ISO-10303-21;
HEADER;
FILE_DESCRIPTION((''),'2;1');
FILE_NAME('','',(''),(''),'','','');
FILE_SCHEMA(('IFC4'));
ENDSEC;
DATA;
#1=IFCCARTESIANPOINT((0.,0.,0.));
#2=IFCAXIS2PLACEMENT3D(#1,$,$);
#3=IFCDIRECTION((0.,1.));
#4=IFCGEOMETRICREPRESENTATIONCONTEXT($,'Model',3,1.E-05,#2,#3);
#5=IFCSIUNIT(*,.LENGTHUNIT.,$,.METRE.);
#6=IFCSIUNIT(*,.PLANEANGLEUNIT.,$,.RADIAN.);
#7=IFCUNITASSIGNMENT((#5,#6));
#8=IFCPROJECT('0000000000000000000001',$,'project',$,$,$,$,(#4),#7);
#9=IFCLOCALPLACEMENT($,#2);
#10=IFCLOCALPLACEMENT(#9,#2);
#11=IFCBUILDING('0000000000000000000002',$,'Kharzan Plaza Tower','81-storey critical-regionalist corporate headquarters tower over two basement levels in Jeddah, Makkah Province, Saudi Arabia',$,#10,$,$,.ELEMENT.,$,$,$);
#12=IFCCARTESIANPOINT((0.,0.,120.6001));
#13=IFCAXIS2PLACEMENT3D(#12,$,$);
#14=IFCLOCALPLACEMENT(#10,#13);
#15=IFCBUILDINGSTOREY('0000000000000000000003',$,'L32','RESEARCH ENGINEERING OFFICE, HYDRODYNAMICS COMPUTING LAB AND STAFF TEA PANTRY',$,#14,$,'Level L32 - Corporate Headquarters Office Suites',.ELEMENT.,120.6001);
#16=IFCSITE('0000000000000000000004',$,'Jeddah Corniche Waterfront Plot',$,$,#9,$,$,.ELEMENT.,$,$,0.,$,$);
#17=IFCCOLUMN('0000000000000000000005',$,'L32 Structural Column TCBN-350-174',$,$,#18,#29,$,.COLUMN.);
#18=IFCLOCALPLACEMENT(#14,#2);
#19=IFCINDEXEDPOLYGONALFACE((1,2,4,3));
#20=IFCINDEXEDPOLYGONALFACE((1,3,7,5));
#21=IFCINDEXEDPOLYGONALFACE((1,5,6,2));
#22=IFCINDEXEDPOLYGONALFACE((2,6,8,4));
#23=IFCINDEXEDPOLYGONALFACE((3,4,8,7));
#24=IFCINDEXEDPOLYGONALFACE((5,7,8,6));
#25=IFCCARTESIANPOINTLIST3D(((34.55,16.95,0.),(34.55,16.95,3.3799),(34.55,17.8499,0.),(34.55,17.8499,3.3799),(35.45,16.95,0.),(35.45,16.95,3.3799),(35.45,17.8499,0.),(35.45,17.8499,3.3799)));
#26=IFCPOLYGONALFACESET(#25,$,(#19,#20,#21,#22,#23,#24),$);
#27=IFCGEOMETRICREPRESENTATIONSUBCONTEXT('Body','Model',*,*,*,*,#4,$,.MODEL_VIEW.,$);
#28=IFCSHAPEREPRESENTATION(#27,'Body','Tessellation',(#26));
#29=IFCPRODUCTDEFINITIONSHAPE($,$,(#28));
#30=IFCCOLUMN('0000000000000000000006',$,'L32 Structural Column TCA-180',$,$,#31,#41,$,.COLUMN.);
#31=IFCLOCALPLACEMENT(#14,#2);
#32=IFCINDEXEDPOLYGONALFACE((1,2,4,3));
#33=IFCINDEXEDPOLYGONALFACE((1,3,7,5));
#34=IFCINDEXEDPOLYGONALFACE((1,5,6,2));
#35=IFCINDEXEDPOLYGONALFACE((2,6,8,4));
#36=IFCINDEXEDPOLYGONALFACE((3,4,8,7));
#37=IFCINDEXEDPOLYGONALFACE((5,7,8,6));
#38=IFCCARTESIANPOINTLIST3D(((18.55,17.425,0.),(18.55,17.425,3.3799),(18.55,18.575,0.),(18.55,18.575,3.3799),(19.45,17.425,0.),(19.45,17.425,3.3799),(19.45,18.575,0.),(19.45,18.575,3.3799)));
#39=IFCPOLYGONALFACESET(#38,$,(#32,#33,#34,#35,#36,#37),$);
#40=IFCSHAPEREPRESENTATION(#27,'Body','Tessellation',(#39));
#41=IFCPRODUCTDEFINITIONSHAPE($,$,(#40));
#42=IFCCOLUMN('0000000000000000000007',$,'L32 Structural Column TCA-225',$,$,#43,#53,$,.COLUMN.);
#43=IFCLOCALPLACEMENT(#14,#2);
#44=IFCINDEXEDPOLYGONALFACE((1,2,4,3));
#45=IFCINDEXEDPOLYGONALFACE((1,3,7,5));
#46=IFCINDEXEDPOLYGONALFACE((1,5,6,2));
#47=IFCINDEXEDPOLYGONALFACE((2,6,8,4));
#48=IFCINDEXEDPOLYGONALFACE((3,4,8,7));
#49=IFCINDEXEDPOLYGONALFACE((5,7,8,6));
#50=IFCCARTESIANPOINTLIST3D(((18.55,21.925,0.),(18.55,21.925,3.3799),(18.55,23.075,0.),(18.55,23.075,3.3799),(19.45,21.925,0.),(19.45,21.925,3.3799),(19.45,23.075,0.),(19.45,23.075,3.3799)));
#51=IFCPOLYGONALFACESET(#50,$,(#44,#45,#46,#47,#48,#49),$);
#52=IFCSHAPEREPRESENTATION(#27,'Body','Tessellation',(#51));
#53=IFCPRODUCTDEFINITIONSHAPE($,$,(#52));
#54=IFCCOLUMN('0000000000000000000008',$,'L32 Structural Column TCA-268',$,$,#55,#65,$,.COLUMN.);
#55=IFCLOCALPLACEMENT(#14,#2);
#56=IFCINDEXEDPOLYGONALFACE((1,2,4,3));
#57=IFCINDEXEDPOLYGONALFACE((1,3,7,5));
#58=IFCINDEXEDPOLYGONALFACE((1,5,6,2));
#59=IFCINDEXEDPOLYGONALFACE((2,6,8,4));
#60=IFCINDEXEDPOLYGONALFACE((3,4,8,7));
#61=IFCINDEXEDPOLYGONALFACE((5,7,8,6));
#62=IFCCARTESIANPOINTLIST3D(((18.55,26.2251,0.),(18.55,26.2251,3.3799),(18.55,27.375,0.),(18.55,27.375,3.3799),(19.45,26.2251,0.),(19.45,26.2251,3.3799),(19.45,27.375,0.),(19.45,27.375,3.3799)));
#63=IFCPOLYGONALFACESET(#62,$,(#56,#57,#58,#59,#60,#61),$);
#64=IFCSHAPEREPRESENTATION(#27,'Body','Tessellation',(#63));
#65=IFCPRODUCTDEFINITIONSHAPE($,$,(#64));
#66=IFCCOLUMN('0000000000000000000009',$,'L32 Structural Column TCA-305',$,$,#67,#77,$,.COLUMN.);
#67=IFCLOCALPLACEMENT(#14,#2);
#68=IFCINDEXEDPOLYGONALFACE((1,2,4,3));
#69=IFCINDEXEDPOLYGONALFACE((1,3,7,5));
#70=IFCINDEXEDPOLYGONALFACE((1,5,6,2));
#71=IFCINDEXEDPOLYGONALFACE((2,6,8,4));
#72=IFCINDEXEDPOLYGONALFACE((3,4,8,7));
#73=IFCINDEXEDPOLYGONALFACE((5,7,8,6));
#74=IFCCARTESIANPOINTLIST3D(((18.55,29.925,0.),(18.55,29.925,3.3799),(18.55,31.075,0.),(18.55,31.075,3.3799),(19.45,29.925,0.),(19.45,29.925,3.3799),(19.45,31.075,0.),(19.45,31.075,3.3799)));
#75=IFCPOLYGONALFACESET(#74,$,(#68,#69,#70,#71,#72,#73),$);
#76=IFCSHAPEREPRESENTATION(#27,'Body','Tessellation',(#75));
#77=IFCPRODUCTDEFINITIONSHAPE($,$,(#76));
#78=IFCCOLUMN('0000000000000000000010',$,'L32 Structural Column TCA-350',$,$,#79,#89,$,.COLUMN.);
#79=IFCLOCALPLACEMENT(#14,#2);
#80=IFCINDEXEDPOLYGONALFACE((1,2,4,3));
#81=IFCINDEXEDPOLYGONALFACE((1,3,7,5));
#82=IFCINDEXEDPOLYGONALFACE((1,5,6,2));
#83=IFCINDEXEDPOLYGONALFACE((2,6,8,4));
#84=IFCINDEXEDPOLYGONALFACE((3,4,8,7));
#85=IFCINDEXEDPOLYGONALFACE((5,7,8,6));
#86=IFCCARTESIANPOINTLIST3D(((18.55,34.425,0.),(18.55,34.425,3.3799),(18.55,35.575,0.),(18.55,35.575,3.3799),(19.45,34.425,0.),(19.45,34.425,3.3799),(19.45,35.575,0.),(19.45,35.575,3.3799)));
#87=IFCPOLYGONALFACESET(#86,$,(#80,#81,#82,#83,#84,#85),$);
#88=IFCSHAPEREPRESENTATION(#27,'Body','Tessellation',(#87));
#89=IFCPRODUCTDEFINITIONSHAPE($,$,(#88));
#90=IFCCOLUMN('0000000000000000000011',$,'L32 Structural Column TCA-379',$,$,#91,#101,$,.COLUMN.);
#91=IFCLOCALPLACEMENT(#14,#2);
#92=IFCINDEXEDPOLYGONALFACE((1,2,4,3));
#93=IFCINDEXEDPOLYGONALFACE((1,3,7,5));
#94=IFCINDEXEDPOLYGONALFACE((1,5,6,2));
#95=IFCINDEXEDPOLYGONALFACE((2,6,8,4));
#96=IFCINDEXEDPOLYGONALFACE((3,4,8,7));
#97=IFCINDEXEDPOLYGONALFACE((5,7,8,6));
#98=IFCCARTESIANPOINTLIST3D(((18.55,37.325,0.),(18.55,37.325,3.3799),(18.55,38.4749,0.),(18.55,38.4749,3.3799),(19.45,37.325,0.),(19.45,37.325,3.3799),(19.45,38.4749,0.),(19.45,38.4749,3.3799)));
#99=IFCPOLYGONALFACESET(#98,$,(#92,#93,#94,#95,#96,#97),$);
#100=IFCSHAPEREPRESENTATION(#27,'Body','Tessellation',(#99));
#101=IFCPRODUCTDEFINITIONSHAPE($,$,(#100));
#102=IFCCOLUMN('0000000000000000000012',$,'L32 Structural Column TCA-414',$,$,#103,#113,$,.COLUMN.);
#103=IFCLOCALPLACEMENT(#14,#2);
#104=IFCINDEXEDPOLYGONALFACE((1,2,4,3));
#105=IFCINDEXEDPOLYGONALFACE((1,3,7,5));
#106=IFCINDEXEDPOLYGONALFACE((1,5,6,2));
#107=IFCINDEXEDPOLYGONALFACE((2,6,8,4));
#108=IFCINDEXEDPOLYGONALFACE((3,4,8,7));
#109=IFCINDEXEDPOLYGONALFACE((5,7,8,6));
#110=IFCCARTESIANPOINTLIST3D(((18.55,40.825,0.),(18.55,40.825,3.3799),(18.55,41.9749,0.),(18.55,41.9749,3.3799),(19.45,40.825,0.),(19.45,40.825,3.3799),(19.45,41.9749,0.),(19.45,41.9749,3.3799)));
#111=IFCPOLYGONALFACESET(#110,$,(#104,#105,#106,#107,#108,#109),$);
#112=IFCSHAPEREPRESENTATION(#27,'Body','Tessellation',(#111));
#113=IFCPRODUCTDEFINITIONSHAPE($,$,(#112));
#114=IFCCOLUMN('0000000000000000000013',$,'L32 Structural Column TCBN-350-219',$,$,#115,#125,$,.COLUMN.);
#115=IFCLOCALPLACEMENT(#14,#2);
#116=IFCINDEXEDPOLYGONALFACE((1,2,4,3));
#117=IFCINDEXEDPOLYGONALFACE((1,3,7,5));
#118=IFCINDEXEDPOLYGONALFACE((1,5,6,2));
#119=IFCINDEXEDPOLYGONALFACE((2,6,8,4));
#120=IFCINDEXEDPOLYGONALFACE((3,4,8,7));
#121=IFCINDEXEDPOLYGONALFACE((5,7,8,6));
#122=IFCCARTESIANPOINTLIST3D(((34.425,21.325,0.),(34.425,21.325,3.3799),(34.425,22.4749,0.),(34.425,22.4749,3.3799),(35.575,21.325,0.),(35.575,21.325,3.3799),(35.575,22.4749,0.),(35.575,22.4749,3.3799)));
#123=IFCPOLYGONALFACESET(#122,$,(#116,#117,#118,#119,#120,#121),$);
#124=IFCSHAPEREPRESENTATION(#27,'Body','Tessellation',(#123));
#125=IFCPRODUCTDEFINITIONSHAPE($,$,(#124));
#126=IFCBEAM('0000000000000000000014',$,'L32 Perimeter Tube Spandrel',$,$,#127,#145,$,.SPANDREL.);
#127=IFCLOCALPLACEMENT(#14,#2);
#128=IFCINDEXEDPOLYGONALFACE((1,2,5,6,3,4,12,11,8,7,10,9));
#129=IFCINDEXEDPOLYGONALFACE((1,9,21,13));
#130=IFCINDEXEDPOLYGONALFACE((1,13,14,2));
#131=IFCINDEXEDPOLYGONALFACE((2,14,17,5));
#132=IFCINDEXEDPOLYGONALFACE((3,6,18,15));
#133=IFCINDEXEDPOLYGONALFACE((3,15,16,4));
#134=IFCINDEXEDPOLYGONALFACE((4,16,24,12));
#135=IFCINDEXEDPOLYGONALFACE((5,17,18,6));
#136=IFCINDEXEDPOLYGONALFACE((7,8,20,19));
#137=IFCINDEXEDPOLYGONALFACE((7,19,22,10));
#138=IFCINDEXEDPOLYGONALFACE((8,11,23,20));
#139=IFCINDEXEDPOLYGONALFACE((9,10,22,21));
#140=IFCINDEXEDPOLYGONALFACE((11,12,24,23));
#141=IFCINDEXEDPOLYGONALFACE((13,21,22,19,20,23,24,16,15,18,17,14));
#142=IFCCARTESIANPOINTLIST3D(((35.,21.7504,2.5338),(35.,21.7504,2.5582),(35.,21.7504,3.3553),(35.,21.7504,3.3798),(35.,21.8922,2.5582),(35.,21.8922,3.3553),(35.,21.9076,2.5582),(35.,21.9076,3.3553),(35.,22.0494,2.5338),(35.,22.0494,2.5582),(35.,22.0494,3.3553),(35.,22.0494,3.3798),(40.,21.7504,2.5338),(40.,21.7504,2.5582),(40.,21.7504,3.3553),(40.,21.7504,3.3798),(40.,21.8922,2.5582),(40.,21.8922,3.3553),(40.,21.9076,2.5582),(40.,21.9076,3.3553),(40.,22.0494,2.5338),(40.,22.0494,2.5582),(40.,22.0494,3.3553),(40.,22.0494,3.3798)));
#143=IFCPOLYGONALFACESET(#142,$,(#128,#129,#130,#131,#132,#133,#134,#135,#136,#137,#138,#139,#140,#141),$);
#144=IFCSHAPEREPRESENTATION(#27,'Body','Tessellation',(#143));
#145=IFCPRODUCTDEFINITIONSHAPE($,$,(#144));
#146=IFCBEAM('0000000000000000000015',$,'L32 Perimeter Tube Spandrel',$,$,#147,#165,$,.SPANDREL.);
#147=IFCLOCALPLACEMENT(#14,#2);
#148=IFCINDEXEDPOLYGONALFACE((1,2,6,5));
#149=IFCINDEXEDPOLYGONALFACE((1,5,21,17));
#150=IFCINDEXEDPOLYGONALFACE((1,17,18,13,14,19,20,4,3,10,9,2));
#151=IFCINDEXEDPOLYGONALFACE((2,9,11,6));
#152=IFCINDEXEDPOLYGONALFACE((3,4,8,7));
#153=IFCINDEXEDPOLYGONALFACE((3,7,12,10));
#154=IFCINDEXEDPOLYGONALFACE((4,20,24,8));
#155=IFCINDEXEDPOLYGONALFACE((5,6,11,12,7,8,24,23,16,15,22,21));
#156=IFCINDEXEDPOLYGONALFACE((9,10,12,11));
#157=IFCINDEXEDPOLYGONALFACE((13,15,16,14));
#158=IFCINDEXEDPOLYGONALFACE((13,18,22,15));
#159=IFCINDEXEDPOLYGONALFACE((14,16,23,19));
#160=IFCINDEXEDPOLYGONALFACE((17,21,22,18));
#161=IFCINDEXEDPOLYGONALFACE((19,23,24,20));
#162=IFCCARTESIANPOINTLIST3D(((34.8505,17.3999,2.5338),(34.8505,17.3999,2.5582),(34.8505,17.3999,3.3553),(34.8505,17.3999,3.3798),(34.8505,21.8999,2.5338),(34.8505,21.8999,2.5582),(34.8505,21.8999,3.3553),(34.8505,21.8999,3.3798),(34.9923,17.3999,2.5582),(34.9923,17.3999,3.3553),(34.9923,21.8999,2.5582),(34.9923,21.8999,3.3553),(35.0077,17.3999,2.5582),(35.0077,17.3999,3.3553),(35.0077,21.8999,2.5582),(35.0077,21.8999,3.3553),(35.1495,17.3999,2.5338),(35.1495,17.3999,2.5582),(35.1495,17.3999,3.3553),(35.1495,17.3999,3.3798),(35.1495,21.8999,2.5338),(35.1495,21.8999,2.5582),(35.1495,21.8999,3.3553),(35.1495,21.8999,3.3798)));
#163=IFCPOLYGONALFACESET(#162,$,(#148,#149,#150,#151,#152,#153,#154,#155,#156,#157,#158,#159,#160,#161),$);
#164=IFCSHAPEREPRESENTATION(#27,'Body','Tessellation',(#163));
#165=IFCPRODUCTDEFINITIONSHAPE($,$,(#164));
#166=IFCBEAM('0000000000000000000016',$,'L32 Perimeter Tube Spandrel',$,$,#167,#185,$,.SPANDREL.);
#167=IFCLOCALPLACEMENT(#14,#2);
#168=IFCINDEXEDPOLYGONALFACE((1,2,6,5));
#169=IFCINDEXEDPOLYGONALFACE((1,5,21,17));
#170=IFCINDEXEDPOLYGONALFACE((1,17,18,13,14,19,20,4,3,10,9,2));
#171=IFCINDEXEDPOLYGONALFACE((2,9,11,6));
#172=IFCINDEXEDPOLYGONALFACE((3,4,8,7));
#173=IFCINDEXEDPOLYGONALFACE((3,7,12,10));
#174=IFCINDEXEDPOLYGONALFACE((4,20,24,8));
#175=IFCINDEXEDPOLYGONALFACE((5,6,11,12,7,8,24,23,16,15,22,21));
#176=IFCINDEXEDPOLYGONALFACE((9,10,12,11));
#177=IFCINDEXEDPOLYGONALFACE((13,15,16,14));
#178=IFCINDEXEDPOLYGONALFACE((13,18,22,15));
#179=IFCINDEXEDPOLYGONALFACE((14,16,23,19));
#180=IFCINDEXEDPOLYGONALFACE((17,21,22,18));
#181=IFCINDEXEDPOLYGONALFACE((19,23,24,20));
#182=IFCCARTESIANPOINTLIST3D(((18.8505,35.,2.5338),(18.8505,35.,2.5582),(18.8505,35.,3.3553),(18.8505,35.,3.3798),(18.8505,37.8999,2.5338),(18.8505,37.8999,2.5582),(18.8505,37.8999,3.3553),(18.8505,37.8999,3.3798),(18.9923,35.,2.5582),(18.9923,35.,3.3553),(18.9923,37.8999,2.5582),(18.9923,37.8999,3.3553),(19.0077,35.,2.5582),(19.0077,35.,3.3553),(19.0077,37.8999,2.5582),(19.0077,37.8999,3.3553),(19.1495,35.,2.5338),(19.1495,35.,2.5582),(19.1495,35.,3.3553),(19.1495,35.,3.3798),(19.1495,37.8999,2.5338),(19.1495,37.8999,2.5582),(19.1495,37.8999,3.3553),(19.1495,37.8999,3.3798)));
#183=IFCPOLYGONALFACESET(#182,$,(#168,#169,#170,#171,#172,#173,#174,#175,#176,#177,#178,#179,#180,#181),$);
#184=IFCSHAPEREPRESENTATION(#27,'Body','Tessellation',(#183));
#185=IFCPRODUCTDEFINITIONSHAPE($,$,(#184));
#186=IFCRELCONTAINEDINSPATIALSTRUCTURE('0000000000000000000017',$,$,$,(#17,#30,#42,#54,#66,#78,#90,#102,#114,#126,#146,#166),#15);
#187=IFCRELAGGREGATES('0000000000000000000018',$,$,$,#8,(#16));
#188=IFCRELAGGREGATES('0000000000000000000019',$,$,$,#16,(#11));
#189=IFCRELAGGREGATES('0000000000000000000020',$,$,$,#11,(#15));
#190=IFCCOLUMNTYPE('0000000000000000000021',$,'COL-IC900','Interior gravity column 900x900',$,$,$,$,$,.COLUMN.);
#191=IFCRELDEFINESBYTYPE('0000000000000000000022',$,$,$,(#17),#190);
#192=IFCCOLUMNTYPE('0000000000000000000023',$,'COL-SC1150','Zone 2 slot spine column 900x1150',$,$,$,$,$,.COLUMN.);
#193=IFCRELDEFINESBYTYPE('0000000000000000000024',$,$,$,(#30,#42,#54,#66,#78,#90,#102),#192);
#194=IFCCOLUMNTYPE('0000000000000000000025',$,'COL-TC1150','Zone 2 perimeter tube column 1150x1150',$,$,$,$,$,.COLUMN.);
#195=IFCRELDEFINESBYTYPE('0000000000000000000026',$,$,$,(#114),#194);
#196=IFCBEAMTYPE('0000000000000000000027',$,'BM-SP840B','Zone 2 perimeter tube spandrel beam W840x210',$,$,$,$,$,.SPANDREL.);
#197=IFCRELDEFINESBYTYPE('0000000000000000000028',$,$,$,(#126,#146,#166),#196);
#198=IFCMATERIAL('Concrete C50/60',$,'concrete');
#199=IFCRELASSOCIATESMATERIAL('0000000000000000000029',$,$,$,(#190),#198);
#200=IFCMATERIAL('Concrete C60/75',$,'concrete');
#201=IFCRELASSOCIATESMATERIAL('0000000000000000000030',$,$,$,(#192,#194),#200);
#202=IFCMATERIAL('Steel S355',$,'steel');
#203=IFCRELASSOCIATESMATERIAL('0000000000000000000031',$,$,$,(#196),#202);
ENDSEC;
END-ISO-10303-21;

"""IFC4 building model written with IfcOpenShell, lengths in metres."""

from ifc_helpers import new_model, si_unit, direction, frame, origin, origin_2d, place, context, subcontext, project, spatial, rectangle, i_section, extrude, source, transform, mapped, material, material_profile, profile_set, type_object, element, save


model = new_model("IFC4")

# Units and contexts
model_context = context("Model", 3, precision=1e-05, world=origin(), true_north=direction((0.0, 1.0)))
body_context = subcontext(model_context, "Body", "Model", "MODEL_VIEW")
ifc_project = project(units=[si_unit("LENGTHUNIT", "METRE"), si_unit("PLANEANGLEUNIT", "RADIAN")], contexts=[model_context])

# Site, building, storey
site_placement = place(None, origin())
site = spatial("IfcSite", under=ifc_project, at=site_placement, Name="Jeddah Corniche Waterfront Plot", CompositionType="ELEMENT", RefElevation=0.0)
building_placement = place(site_placement, origin())
building = spatial("IfcBuilding", under=site, at=building_placement, Name="Kharzan Plaza Tower", Description="81-storey critical-regionalist corporate headquarters tower over two basement levels in Jeddah, Makkah Province, Saudi Arabia", CompositionType="ELEMENT")
storey_placement = place(building_placement, frame((0.0, 0.0, 120.6001)))
storey = spatial("IfcBuildingStorey", under=building, at=storey_placement, Name="L32", Description="RESEARCH ENGINEERING OFFICE, HYDRODYNAMICS COMPUTING LAB AND STAFF TEA PANTRY", LongName="Level L32 - Corporate Headquarters Office Suites", CompositionType="ELEMENT", Elevation=120.6001)

# Columns
ifc_material_1 = material(Name="Concrete C50/60", Category="concrete")
ifc_material_profile_1 = material_profile(ifc_material_1, rectangle(XDim=0.8999, YDim=0.8999, at=origin_2d()), Name="RC-IC900x900")
ifc_profile_set_1 = profile_set([ifc_material_profile_1], Name="Concrete C50/60")
column_type_1 = type_object("IfcColumnType", Name="COL-IC900", Description="Interior gravity column 900x900", PredefinedType="COLUMN", material=ifc_profile_set_1)
shared_shape_1 = source(origin(), body_context, "Body", "SweptSolid", [
    extrude(rectangle(XDim=0.8999, YDim=0.8999, at=origin_2d()), origin(), (0.0, 0.0, 1.0), 3.3799),
])
column_1_placement = place(storey_placement, frame((35.0, 17.3999, 0.0), z_axis=(0.0, 0.0, 1.0), x_axis=(1.0, 0.0, 0.0)))
element("IfcColumn", 1, at=column_1_placement, inside=storey, type_object=column_type_1, Name="L32 Structural Column TCBN-350-174", PredefinedType="COLUMN", context=body_context, shape_type="MappedRepresentation", body=[
    mapped(shared_shape_1, transform((0.0, 0.0, 0.0), x_axis=(1.0, 0.0, 0.0), y_axis=(0.0, 1.0, 0.0), z_axis=(0.0, 0.0, 1.0))),
])
ifc_material_2 = material(Name="Concrete C60/75", Category="concrete")
ifc_material_profile_2 = material_profile(ifc_material_2, rectangle(XDim=0.8999, YDim=1.1499, at=origin_2d()), Name="RC-SC1150x900")
ifc_profile_set_2 = profile_set([ifc_material_profile_2], Name="Concrete C60/75")
column_type_2 = type_object("IfcColumnType", Name="COL-SC1150", Description="Zone 2 slot spine column 900x1150", PredefinedType="COLUMN", material=ifc_profile_set_2)
shared_shape_2 = source(origin(), body_context, "Body", "SweptSolid", [
    extrude(rectangle(XDim=0.8999, YDim=1.1499, at=origin_2d()), origin(), (0.0, 0.0, 1.0), 3.3799),
])
for number, where, z_axis, x_axis, name in (
    (2, (19.0, 18.0, 0.0), (0.0, 0.0, 1.0), (1.0, 0.0, 0.0), "L32 Structural Column TCA-180"),
    (3, (19.0, 22.5, 0.0), (0.0, 0.0, 1.0), (1.0, 0.0, 0.0), "L32 Structural Column TCA-225"),
    (4, (19.0, 26.8, 0.0), (0.0, 0.0, 1.0), (1.0, 0.0, 0.0), "L32 Structural Column TCA-268"),
    (5, (19.0, 30.5, 0.0), (0.0, 0.0, 1.0), (1.0, 0.0, 0.0), "L32 Structural Column TCA-305"),
    (6, (19.0, 35.0, 0.0), (0.0, 0.0, 1.0), (1.0, 0.0, 0.0), "L32 Structural Column TCA-350"),
    (7, (19.0, 37.8999, 0.0), (0.0, 0.0, 1.0), (1.0, 0.0, 0.0), "L32 Structural Column TCA-379"),
    (8, (19.0, 41.3999, 0.0), (0.0, 0.0, 1.0), (1.0, 0.0, 0.0), "L32 Structural Column TCA-414"),
):
    element("IfcColumn", number, at=place(storey_placement, frame(where, z_axis=z_axis, x_axis=x_axis)), inside=storey, type_object=column_type_2, Name=name, PredefinedType="COLUMN", context=body_context, shape_type="MappedRepresentation", body=[
        mapped(shared_shape_2, transform((0.0, 0.0, 0.0), x_axis=(1.0, 0.0, 0.0), y_axis=(0.0, 1.0, 0.0), z_axis=(0.0, 0.0, 1.0))),
    ])
ifc_material_profile_3 = material_profile(ifc_material_2, rectangle(XDim=1.1499, YDim=1.1499, at=origin_2d()), Name="RC-TC1150x1150")
ifc_profile_set_3 = profile_set([ifc_material_profile_3], Name="Concrete C60/75")
column_type_3 = type_object("IfcColumnType", Name="COL-TC1150", Description="Zone 2 perimeter tube column 1150x1150", PredefinedType="COLUMN", material=ifc_profile_set_3)
shared_shape_3 = source(origin(), body_context, "Body", "SweptSolid", [
    extrude(rectangle(XDim=1.1499, YDim=1.1499, at=origin_2d()), origin(), (0.0, 0.0, 1.0), 3.3799),
])
column_2_placement = place(storey_placement, frame((35.0, 21.8999, 0.0), z_axis=(0.0, 0.0, 1.0), x_axis=(1.0, 0.0, 0.0)))
element("IfcColumn", 9, at=column_2_placement, inside=storey, type_object=column_type_3, Name="L32 Structural Column TCBN-350-219", PredefinedType="COLUMN", context=body_context, shape_type="MappedRepresentation", body=[
    mapped(shared_shape_3, transform((0.0, 0.0, 0.0), x_axis=(1.0, 0.0, 0.0), y_axis=(0.0, 1.0, 0.0), z_axis=(0.0, 0.0, 1.0))),
])

# Beams
ifc_material_3 = material(Name="Steel S355", Category="steel")
ifc_material_profile_4 = material_profile(ifc_material_3, i_section(OverallWidth=0.2991, OverallDepth=0.8459, WebThickness=0.0154, FlangeThickness=0.0244, at=origin_2d()), Name="W840x210")
ifc_profile_set_4 = profile_set([ifc_material_profile_4], Name="Steel S355")
beam_type = type_object("IfcBeamType", Name="BM-SP840B", Description="Zone 2 perimeter tube spandrel beam W840x210", PredefinedType="SPANDREL", material=ifc_profile_set_4)
shared_shape_4 = source(origin(), body_context, "Body", "SweptSolid", [
    extrude(i_section(OverallWidth=0.2991, OverallDepth=0.8459, WebThickness=0.0154, FlangeThickness=0.0244, at=origin_2d()), origin(), (0.0, 0.0, 1.0), 5.0),
])
beam_1_placement = place(storey_placement, frame((35.0, 21.8999, 2.9568), z_axis=(1.0, 0.0, 0.0), x_axis=(0.0, 1.0, 0.0)))
element("IfcBeam", 10, at=beam_1_placement, inside=storey, type_object=beam_type, Name="L32 Perimeter Tube Spandrel", PredefinedType="SPANDREL", context=body_context, shape_type="MappedRepresentation", body=[
    mapped(shared_shape_4, transform((0.0, 0.0, 0.0), x_axis=(1.0, 0.0, 0.0), y_axis=(0.0, 1.0, 0.0), z_axis=(0.0, 0.0, 1.0))),
])
shared_shape_5 = source(origin(), body_context, "Body", "SweptSolid", [
    extrude(i_section(OverallWidth=0.2991, OverallDepth=0.8459, WebThickness=0.0154, FlangeThickness=0.0244, at=origin_2d()), origin(), (0.0, 0.0, 1.0), 4.5),
])
beam_2_placement = place(storey_placement, frame((35.0, 17.3999, 2.9568), z_axis=(0.0, 1.0, 0.0), x_axis=(-1.0, 0.0, 0.0)))
element("IfcBeam", 11, at=beam_2_placement, inside=storey, type_object=beam_type, Name="L32 Perimeter Tube Spandrel", PredefinedType="SPANDREL", context=body_context, shape_type="MappedRepresentation", body=[
    mapped(shared_shape_5, transform((0.0, 0.0, 0.0), x_axis=(1.0, 0.0, 0.0), y_axis=(0.0, 1.0, 0.0), z_axis=(0.0, 0.0, 1.0))),
])
shared_shape_6 = source(origin(), body_context, "Body", "SweptSolid", [
    extrude(i_section(OverallWidth=0.2991, OverallDepth=0.8459, WebThickness=0.0154, FlangeThickness=0.0244, at=origin_2d()), origin(), (0.0, 0.0, 1.0), 2.8999),
])
beam_3_placement = place(storey_placement, frame((19.0, 35.0, 2.9568), z_axis=(0.0, 1.0, 0.0), x_axis=(-1.0, 0.0, 0.0)))
element("IfcBeam", 12, at=beam_3_placement, inside=storey, type_object=beam_type, Name="L32 Perimeter Tube Spandrel", PredefinedType="SPANDREL", context=body_context, shape_type="MappedRepresentation", body=[
    mapped(shared_shape_6, transform((0.0, 0.0, 0.0), x_axis=(1.0, 0.0, 0.0), y_axis=(0.0, 1.0, 0.0), z_axis=(0.0, 0.0, 1.0))),
])

save(model, "model.ifc")
